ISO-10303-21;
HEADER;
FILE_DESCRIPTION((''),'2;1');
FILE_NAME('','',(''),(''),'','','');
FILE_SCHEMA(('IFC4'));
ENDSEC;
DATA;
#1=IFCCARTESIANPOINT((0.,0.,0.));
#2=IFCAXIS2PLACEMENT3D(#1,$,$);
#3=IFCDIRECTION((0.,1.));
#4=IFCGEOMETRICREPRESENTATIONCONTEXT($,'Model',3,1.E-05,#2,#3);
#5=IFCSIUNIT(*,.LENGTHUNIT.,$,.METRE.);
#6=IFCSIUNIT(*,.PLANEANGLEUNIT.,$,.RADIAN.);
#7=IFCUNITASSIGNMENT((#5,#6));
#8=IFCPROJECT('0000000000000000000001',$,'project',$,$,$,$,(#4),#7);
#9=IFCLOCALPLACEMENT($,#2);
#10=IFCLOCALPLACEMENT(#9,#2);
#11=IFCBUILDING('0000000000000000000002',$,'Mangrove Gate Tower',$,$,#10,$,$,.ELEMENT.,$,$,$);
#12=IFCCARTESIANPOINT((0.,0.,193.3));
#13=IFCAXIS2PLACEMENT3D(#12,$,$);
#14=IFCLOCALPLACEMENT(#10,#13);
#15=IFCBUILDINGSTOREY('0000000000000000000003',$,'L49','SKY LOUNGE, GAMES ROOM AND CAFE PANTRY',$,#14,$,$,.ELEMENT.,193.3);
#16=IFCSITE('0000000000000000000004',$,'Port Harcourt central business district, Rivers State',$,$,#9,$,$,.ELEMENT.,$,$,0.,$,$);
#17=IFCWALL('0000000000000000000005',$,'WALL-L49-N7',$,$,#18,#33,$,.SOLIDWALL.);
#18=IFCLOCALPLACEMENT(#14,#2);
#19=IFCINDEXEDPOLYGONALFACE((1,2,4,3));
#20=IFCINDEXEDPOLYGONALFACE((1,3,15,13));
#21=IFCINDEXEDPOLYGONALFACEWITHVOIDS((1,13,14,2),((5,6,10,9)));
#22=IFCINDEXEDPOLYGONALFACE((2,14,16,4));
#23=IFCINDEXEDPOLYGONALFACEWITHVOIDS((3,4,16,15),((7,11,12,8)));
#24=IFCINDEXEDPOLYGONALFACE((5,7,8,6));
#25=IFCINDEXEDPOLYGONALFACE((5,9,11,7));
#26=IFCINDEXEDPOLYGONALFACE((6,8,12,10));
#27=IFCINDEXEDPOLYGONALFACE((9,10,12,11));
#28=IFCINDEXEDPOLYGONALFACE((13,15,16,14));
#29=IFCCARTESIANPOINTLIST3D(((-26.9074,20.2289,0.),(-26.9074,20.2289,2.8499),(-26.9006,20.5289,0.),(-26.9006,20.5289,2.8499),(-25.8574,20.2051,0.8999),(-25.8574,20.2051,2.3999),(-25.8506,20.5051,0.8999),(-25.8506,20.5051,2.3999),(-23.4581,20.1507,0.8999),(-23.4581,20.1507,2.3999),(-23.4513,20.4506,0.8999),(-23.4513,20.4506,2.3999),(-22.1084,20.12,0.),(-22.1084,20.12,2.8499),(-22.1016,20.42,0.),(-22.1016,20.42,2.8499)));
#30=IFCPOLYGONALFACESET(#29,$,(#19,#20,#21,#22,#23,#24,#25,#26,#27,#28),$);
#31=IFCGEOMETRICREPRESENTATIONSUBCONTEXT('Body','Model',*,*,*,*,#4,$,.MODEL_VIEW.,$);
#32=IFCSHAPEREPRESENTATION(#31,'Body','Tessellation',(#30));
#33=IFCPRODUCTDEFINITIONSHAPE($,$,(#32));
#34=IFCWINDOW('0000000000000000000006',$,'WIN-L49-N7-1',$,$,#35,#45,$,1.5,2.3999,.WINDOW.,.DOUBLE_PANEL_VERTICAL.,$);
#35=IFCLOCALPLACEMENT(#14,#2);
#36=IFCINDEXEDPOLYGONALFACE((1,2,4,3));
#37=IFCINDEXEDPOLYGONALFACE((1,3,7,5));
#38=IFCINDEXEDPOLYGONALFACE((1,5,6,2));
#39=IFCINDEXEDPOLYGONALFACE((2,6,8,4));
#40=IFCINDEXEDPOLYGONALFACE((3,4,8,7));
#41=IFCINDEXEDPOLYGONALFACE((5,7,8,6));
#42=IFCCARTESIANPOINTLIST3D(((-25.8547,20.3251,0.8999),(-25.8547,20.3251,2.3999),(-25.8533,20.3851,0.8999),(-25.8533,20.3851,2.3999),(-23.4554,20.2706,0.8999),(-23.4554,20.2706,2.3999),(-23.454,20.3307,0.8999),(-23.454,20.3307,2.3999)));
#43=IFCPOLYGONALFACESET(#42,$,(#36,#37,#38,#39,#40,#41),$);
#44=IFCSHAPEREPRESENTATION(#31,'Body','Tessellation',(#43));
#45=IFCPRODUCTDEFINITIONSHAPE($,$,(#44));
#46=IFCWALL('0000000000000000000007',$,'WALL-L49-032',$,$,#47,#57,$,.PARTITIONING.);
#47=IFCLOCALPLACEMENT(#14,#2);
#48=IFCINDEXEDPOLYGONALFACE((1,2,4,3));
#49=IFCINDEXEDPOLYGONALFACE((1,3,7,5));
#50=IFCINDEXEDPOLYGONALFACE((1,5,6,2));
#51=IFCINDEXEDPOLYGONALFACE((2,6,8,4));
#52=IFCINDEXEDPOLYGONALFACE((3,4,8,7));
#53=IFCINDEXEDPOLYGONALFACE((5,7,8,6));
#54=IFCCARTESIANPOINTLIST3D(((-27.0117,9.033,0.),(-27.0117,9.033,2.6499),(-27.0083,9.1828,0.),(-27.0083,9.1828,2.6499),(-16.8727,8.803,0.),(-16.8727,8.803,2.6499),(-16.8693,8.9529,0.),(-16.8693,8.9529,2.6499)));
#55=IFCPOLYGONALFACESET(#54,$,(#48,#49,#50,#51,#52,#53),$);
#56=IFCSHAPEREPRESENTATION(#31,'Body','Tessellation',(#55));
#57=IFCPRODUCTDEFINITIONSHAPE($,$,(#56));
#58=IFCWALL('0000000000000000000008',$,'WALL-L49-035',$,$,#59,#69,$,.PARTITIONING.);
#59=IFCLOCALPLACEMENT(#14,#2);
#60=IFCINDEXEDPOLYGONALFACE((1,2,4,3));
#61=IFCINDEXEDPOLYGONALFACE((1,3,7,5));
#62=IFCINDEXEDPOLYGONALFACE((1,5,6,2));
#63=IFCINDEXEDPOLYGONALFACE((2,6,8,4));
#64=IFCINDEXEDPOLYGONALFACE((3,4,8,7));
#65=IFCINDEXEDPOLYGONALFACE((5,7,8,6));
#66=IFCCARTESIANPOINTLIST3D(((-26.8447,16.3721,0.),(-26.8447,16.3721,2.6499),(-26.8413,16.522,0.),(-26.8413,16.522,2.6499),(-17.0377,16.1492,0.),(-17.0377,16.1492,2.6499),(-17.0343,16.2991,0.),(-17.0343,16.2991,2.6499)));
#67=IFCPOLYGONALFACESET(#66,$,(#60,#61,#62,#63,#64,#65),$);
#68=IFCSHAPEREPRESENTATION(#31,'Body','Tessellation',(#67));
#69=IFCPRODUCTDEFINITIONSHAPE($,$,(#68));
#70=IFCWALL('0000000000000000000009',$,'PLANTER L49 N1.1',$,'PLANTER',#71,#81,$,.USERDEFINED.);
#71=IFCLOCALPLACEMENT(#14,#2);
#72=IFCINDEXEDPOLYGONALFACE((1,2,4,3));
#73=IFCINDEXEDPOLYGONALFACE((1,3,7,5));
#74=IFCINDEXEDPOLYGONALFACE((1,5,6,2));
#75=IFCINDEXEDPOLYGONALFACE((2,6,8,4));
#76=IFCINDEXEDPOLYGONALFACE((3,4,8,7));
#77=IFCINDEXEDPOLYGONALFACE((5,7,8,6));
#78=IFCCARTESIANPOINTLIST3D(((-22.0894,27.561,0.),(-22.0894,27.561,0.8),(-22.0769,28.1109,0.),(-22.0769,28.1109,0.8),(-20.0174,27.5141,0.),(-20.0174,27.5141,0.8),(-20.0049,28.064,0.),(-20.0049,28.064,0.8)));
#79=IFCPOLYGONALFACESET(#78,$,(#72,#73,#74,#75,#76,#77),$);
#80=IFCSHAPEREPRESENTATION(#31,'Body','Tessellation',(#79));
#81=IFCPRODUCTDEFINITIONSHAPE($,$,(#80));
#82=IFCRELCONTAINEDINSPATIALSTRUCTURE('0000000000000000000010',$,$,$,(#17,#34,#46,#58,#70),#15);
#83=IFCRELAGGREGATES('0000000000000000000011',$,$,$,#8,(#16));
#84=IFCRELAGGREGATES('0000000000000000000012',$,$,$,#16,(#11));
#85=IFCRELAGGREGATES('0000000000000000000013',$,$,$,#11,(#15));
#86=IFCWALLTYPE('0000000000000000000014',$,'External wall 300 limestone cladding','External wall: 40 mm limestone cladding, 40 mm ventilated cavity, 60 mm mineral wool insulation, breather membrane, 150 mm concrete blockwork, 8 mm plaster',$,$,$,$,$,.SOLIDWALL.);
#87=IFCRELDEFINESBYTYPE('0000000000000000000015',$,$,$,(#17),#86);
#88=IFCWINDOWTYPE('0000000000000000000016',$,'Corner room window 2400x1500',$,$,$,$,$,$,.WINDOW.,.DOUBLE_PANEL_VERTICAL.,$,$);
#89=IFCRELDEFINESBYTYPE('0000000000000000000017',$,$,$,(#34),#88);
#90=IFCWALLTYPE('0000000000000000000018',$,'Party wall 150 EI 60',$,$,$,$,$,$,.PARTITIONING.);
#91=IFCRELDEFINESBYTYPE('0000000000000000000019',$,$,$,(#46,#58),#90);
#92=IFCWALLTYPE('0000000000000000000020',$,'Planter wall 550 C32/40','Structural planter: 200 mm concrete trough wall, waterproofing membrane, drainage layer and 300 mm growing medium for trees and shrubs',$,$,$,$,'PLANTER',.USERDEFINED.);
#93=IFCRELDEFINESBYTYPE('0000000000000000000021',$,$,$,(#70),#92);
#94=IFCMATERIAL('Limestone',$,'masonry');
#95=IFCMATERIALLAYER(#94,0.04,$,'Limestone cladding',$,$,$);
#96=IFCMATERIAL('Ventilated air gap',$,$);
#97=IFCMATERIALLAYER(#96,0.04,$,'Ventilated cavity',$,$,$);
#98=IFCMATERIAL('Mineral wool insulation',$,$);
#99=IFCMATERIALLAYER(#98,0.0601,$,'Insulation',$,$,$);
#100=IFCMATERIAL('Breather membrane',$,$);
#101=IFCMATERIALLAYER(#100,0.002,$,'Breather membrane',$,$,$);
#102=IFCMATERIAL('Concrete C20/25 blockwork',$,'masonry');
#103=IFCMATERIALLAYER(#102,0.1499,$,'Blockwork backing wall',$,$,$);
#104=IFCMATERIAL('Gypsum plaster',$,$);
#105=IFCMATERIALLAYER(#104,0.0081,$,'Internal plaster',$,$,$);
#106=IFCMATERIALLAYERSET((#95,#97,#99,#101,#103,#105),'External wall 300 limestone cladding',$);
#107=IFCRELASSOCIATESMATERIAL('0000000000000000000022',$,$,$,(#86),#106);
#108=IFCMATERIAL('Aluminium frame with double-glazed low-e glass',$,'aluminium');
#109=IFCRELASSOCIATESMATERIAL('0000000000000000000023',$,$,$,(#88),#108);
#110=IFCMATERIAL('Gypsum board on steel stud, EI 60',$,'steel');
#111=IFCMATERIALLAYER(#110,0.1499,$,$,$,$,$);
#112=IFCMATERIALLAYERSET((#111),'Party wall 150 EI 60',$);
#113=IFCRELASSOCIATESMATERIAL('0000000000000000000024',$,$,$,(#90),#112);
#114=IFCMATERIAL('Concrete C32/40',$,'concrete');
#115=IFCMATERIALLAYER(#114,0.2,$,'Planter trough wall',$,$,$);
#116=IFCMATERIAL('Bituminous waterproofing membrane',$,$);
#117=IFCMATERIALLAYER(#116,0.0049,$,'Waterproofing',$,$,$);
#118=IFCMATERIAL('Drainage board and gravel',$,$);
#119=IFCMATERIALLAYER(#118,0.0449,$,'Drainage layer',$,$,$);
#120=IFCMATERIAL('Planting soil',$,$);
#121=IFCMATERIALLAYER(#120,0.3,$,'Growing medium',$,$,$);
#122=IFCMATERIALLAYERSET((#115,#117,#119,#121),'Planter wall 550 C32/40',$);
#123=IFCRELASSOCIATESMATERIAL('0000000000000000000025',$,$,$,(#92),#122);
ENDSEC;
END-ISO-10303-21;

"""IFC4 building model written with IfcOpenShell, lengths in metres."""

from ifc_helpers import new_model, si_unit, direction, frame, frame_2d, origin, place, context, subcontext, project, spatial, rectangle, extrude, material, layer, layer_set, type_object, element, fill, save


model = new_model("IFC4")

# Units and contexts
model_context = context("Model", 3, precision=1e-05, world=origin(), true_north=direction((0.0, 1.0)))
body_context = subcontext(model_context, "Body", "Model", "MODEL_VIEW")
ifc_project = project(units=[si_unit("LENGTHUNIT", "METRE"), si_unit("PLANEANGLEUNIT", "RADIAN")], contexts=[model_context])

# Site, building, storey
site_placement = place(None, origin())
site = spatial("IfcSite", under=ifc_project, at=site_placement, Name="Port Harcourt central business district, Rivers State", CompositionType="ELEMENT", RefElevation=0.0)
building_placement = place(site_placement, origin())
building = spatial("IfcBuilding", under=site, at=building_placement, Name="Mangrove Gate Tower", CompositionType="ELEMENT")
storey_placement = place(building_placement, frame((0.0, 0.0, 193.3)))
storey = spatial("IfcBuildingStorey", under=building, at=storey_placement, Name="L49", Description="SKY LOUNGE, GAMES ROOM AND CAFE PANTRY", CompositionType="ELEMENT", Elevation=193.3)

# Wall, opening, window
ifc_material_1 = material(Name="Limestone", Category="masonry")
ifc_layer_1 = layer(ifc_material_1, 0.04, Name="Limestone cladding")
ifc_material_2 = material(Name="Ventilated air gap")
ifc_layer_2 = layer(ifc_material_2, 0.04, Name="Ventilated cavity")
ifc_material_3 = material(Name="Mineral wool insulation")
ifc_layer_3 = layer(ifc_material_3, 0.0601, Name="Insulation")
ifc_material_4 = material(Name="Breather membrane")
ifc_layer_4 = layer(ifc_material_4, 0.002, Name="Breather membrane")
ifc_material_5 = material(Name="Concrete C20/25 blockwork", Category="masonry")
ifc_layer_5 = layer(ifc_material_5, 0.1499, Name="Blockwork backing wall")
ifc_material_6 = material(Name="Gypsum plaster")
ifc_layer_6 = layer(ifc_material_6, 0.0081, Name="Internal plaster")
ifc_layer_set_1 = layer_set([ifc_layer_1, ifc_layer_2, ifc_layer_3, ifc_layer_4, ifc_layer_5, ifc_layer_6], Name="External wall 300 limestone cladding")
wall_type_1 = type_object("IfcWallType", Name="External wall 300 limestone cladding", Description="External wall: 40 mm limestone cladding, 40 mm ventilated cavity, 60 mm mineral wool insulation, breather membrane, 150 mm concrete blockwork, 8 mm plaster", PredefinedType="SOLIDWALL", material=ifc_layer_set_1)
wall_1_placement = place(storey_placement, frame((-22.105, 20.27, 0.0), z_axis=(0.0, 0.0, 1.0), x_axis=(-0.999743, 0.022683, 0.0)))
wall_1 = element("IfcWall", 1, at=wall_1_placement, inside=storey, type_object=wall_type_1, Name="WALL-L49-N7", PredefinedType="SOLIDWALL", context=body_context, shape_type="SweptSolid", body=[
    extrude(rectangle(XDim=4.8003, YDim=0.3, at=frame_2d((2.4001, 0.0))), origin(), (0.0, 0.0, 1.0), 2.8499),
])
opening_1_placement = place(wall_1_placement, frame((1.3501, 0.0, 0.8999)))
opening_1 = element("IfcOpeningElement", 2, at=opening_1_placement, cuts=wall_1, PredefinedType="OPENING", context=body_context, shape_type="SweptSolid", body=[
    extrude(rectangle(XDim=2.3999, YDim=1.5, at=frame_2d((1.2, 0.75))), frame((0.0, 0.1599, 0.0), z_axis=(0.0, -1.0, 0.0), x_axis=(1.0, 0.0, 0.0)), (0.0, 0.0, 1.0), 0.3201),
])
ifc_material_7 = material(Name="Aluminium frame with double-glazed low-e glass", Category="aluminium")
window_type = type_object("IfcWindowType", Name="Corner room window 2400x1500", PartitioningType="DOUBLE_PANEL_VERTICAL", PredefinedType="WINDOW", material=ifc_material_7)
window_1_placement = place(opening_1_placement, origin())
window_1 = element("IfcWindow", 3, at=window_1_placement, inside=storey, type_object=window_type, Name="WIN-L49-N7-1", OverallHeight=1.5, OverallWidth=2.3999, PartitioningType="DOUBLE_PANEL_VERTICAL", PredefinedType="WINDOW", context=body_context, shape_type="SweptSolid", body=[
    extrude(rectangle(XDim=2.3999, YDim=1.5, at=frame_2d((1.2, 0.75))), frame((0.0, 0.03, 0.0), z_axis=(0.0, -1.0, 0.0), x_axis=(1.0, 0.0, 0.0)), (0.0, 0.0, 1.0), 0.0601),
])
fill(opening_1, window_1)

# Walls
ifc_material_8 = material(Name="Gypsum board on steel stud, EI 60", Category="steel")
ifc_layer_7 = layer(ifc_material_8, 0.1499)
ifc_layer_set_2 = layer_set([ifc_layer_7], Name="Party wall 150 EI 60")
wall_type_2 = type_object("IfcWallType", Name="Party wall 150 EI 60", PredefinedType="PARTITIONING", material=ifc_layer_set_2)
wall_2_placement = place(storey_placement, frame((-27.01, 9.1079, 0.0), z_axis=(0.0, 0.0, 1.0), x_axis=(0.999743, -0.022677, 0.0)))
element("IfcWall", 4, at=wall_2_placement, inside=storey, type_object=wall_type_2, Name="WALL-L49-032", PredefinedType="PARTITIONING", context=body_context, shape_type="SweptSolid", body=[
    extrude(rectangle(XDim=10.1416, YDim=0.1499, at=frame_2d((5.0708, 0.0))), origin(), (0.0, 0.0, 1.0), 2.6499),
])
wall_3_placement = place(storey_placement, frame((-26.843, 16.447, 0.0), z_axis=(0.0, 0.0, 1.0), x_axis=(0.999742, -0.022723, 0.0)))
element("IfcWall", 5, at=wall_3_placement, inside=storey, type_object=wall_type_2, Name="WALL-L49-035", PredefinedType="PARTITIONING", context=body_context, shape_type="SweptSolid", body=[
    extrude(rectangle(XDim=9.8096, YDim=0.1499, at=frame_2d((4.9048, 0.0))), origin(), (0.0, 0.0, 1.0), 2.6499),
])
ifc_material_9 = material(Name="Concrete C32/40", Category="concrete")
ifc_layer_8 = layer(ifc_material_9, 0.2, Name="Planter trough wall")
ifc_material_10 = material(Name="Bituminous waterproofing membrane")
ifc_layer_9 = layer(ifc_material_10, 0.0049, Name="Waterproofing")
ifc_material_11 = material(Name="Drainage board and gravel")
ifc_layer_10 = layer(ifc_material_11, 0.0449, Name="Drainage layer")
ifc_material_12 = material(Name="Planting soil")
ifc_layer_11 = layer(ifc_material_12, 0.3, Name="Growing medium")
ifc_layer_set_3 = layer_set([ifc_layer_8, ifc_layer_9, ifc_layer_10, ifc_layer_11], Name="Planter wall 550 C32/40")
wall_type_3 = type_object("IfcWallType", Name="Planter wall 550 C32/40", Description="Structural planter: 200 mm concrete trough wall, waterproofing membrane, drainage layer and 300 mm growing medium for trees and shrubs", ElementType="PLANTER", PredefinedType="USERDEFINED", material=ifc_layer_set_3)
wall_4_placement = place(storey_placement, frame((-22.083, 27.8359, 0.0), z_axis=(0.0, 0.0, 1.0), x_axis=(0.999744, -0.022617, 0.0)))
element("IfcWall", 6, at=wall_4_placement, inside=storey, type_object=wall_type_3, Name="PLANTER L49 N1.1", ObjectType="PLANTER", PredefinedType="USERDEFINED", context=body_context, shape_type="SweptSolid", body=[
    extrude(rectangle(XDim=2.0725, YDim=0.55, at=frame_2d((1.0361, 0.0))), origin(), (0.0, 0.0, 1.0), 0.8),
])

save(model, "model.ifc")
